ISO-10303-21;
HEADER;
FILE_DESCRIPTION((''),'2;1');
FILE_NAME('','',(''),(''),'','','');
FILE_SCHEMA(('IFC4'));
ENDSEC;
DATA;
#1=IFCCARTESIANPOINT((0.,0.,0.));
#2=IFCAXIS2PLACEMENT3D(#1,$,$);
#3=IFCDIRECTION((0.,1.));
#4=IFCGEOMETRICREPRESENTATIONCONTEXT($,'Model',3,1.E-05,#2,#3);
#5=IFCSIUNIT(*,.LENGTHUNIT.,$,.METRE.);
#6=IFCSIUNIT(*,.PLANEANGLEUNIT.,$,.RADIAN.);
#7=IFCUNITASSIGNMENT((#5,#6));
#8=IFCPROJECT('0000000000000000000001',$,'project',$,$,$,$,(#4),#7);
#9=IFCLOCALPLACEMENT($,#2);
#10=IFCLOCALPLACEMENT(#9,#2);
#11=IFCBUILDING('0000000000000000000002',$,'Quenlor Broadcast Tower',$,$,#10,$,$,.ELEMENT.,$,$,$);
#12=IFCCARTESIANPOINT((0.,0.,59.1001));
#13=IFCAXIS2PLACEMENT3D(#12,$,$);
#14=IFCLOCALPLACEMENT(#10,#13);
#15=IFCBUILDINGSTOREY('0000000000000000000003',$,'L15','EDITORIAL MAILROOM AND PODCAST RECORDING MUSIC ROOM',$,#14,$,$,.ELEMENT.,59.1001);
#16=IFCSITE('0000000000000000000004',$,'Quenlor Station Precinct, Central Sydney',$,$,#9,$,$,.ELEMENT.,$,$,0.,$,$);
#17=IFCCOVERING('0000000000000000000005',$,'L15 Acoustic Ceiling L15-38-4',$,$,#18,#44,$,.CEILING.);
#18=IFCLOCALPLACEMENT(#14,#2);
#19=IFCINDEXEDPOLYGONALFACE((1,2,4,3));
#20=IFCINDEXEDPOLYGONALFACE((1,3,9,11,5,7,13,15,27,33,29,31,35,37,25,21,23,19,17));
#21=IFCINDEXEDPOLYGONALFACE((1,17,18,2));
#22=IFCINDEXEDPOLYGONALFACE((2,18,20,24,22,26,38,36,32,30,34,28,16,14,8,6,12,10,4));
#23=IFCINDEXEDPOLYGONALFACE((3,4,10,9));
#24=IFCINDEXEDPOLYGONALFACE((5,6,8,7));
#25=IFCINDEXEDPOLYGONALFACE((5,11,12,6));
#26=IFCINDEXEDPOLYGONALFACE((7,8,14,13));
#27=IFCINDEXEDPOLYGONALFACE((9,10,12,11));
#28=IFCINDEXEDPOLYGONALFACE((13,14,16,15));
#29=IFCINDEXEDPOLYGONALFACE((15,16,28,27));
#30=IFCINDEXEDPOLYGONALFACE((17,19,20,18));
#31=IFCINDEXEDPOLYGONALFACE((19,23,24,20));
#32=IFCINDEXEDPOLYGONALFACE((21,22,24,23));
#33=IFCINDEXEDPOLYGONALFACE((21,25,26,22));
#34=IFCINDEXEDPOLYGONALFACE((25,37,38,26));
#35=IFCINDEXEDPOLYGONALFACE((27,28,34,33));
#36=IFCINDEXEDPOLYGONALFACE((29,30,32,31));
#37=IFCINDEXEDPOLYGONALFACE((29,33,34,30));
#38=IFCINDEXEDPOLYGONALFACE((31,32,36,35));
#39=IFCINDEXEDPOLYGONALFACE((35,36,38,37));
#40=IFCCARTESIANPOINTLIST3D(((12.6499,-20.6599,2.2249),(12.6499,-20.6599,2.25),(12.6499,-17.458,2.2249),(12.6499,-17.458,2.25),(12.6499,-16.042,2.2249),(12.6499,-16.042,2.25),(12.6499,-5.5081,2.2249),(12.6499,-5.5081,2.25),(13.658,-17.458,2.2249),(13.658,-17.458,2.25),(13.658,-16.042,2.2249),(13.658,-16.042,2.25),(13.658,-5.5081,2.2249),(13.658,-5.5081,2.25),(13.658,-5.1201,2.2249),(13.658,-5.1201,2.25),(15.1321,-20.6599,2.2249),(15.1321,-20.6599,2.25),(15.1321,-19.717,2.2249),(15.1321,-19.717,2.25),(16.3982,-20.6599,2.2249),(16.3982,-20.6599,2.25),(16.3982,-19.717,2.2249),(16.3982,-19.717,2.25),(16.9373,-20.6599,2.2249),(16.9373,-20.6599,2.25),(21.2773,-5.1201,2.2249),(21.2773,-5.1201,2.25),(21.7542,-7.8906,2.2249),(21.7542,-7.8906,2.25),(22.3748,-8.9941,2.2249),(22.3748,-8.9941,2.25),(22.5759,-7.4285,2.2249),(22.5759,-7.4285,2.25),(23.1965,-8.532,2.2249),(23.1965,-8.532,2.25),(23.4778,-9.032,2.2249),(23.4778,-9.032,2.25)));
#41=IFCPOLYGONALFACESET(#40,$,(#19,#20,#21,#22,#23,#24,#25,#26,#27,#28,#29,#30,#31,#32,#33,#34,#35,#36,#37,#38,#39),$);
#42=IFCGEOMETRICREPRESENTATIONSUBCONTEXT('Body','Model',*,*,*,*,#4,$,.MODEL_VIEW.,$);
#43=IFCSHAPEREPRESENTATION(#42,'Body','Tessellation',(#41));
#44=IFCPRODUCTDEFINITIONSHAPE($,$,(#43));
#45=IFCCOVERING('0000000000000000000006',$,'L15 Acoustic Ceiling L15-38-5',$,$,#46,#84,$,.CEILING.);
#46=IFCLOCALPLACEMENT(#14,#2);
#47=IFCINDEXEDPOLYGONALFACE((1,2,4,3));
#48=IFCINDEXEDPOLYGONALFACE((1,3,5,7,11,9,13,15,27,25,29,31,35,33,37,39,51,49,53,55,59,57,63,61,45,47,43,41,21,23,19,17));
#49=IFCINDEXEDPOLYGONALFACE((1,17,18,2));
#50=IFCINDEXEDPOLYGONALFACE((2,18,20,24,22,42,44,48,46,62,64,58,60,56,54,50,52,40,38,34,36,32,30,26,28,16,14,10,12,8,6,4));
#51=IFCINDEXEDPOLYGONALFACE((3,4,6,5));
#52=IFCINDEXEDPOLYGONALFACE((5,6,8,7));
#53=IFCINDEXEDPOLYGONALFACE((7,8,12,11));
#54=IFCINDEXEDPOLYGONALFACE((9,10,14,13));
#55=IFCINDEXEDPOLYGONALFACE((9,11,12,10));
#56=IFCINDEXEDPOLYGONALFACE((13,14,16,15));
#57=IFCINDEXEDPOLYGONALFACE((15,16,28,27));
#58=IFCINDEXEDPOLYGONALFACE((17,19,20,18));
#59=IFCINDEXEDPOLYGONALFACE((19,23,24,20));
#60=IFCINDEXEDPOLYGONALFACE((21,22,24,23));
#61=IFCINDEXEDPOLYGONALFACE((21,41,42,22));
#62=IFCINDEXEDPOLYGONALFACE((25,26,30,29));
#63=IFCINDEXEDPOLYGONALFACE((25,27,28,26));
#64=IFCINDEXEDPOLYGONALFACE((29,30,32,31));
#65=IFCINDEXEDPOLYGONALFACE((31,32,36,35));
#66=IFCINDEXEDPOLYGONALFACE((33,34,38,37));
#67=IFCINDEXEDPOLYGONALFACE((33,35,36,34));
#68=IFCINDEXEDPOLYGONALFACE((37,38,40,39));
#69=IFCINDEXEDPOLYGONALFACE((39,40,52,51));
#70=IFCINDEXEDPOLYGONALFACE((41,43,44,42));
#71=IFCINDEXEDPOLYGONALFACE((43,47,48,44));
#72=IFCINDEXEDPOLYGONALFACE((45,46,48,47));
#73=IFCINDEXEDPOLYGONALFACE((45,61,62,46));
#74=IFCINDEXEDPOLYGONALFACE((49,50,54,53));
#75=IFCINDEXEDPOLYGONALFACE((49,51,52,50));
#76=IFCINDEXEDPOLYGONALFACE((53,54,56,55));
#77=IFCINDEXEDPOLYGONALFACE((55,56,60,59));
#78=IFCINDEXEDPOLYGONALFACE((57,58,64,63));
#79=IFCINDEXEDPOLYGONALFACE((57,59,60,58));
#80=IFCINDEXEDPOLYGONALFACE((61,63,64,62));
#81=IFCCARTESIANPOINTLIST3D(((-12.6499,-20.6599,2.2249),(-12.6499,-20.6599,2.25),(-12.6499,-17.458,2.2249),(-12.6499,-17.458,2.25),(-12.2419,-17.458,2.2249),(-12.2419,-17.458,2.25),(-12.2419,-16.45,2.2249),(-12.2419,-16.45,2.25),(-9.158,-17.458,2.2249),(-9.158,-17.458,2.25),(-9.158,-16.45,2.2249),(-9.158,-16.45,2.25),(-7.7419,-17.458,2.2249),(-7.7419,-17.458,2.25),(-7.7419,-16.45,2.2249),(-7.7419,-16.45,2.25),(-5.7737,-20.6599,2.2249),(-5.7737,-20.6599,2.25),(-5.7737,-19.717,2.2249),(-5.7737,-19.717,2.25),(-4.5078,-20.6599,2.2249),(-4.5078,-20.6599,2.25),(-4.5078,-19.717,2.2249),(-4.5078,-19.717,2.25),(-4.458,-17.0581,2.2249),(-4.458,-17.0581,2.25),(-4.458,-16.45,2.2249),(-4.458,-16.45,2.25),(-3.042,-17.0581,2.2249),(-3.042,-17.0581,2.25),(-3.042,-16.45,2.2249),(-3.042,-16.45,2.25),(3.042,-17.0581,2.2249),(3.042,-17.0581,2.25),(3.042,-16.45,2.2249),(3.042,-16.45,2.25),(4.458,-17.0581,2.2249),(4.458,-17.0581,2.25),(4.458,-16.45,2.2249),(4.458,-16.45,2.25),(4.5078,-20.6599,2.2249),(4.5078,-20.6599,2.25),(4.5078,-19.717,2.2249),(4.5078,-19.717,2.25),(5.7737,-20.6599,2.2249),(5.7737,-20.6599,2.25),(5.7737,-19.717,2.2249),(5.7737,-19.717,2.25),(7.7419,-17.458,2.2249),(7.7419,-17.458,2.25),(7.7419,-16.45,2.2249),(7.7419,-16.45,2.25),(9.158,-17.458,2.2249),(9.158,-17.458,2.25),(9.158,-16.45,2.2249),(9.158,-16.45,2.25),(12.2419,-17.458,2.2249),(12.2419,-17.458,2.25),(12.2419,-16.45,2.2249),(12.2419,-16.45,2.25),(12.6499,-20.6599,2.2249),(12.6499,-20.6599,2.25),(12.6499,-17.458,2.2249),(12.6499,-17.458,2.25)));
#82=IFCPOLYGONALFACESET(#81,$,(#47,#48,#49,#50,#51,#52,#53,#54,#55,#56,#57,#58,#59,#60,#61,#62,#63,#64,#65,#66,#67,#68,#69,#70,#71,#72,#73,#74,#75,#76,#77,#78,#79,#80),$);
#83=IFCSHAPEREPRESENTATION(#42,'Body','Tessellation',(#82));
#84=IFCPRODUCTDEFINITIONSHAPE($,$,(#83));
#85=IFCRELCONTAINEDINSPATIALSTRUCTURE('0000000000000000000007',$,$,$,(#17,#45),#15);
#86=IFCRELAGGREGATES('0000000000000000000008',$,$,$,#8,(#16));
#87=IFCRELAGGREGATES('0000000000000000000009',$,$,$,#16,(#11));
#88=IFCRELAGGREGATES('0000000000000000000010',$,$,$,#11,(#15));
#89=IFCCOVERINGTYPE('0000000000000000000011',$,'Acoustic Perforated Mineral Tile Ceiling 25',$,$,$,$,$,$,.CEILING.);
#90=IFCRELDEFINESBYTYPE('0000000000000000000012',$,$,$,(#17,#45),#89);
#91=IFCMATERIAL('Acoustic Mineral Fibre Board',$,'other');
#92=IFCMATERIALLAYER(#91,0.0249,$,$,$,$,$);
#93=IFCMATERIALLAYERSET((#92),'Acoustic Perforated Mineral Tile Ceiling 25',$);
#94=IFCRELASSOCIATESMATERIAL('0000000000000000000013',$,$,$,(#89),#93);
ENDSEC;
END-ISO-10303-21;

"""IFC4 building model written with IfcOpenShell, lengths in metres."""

from ifc_helpers import new_model, si_unit, direction, frame, origin, place, context, subcontext, project, spatial, polyline, outline, extrude, material, layer, layer_set, type_object, element, save


model = new_model("IFC4")

# Units and contexts
model_context = context("Model", 3, precision=1e-05, world=origin(), true_north=direction((0.0, 1.0)))
body_context = subcontext(model_context, "Body", "Model", "MODEL_VIEW")
ifc_project = project(units=[si_unit("LENGTHUNIT", "METRE"), si_unit("PLANEANGLEUNIT", "RADIAN")], contexts=[model_context])

# Site, building, storey
site_placement = place(None, origin())
site = spatial("IfcSite", under=ifc_project, at=site_placement, Name="Quenlor Station Precinct, Central Sydney", CompositionType="ELEMENT", RefElevation=0.0)
building_placement = place(site_placement, origin())
building = spatial("IfcBuilding", under=site, at=building_placement, Name="Quenlor Broadcast Tower", CompositionType="ELEMENT")
storey_placement = place(building_placement, frame((0.0, 0.0, 59.1001)))
storey = spatial("IfcBuildingStorey", under=building, at=storey_placement, Name="L15", Description="EDITORIAL MAILROOM AND PODCAST RECORDING MUSIC ROOM", CompositionType="ELEMENT", Elevation=59.1001)

# Coverings
ifc_material_1 = material(Name="Acoustic Mineral Fibre Board", Category="other")
ifc_layer_1 = layer(ifc_material_1, 0.0249)
ifc_layer_set_1 = layer_set([ifc_layer_1], Name="Acoustic Perforated Mineral Tile Ceiling 25")
covering_type = type_object("IfcCoveringType", Name="Acoustic Perforated Mineral Tile Ceiling 25", PredefinedType="CEILING", material=ifc_layer_set_1)
covering_1_placement = place(storey_placement, frame((0.0, 0.0, 2.2249)))
element("IfcCovering", 1, at=covering_1_placement, inside=storey, type_object=covering_type, Name="L15 Acoustic Ceiling L15-38-4", PredefinedType="CEILING", context=body_context, shape_type="SweptSolid", body=[
    extrude(outline(polyline([(13.658, -17.458), (13.658, -16.042), (12.6499, -16.042), (12.6499, -5.5081), (13.658, -5.5081), (13.658, -5.1201), (21.2773, -5.1201), (22.5759, -7.4285), (21.7542, -7.8906), (22.3748, -8.9941), (23.1965, -8.532), (23.4778, -9.032), (16.9373, -20.6599), (16.3982, -20.6599), (16.3982, -19.717), (15.1321, -19.717), (15.1321, -20.6599), (12.6499, -20.6599), (12.6499, -17.458), (13.658, -17.458)])), origin(), (0.0, 0.0, 1.0), 0.0251),
])
covering_2_placement = place(storey_placement, frame((0.0, 0.0, 2.2249)))
element("IfcCovering", 2, at=covering_2_placement, inside=storey, type_object=covering_type, Name="L15 Acoustic Ceiling L15-38-5", PredefinedType="CEILING", context=body_context, shape_type="SweptSolid", body=[
    extrude(outline(polyline([(-12.2419, -17.458), (-12.2419, -16.45), (-9.158, -16.45), (-9.158, -17.458), (-7.7419, -17.458), (-7.7419, -16.45), (-4.458, -16.45), (-4.458, -17.0581), (-3.042, -17.0581), (-3.042, -16.45), (3.042, -16.45), (3.042, -17.0581), (4.458, -17.0581), (4.458, -16.45), (7.7419, -16.45), (7.7419, -17.458), (9.158, -17.458), (9.158, -16.45), (12.2419, -16.45), (12.2419, -17.458), (12.6499, -17.458), (12.6499, -20.6599), (5.7737, -20.6599), (5.7737, -19.717), (4.5078, -19.717), (4.5078, -20.6599), (-4.5078, -20.6599), (-4.5078, -19.717), (-5.7737, -19.717), (-5.7737, -20.6599), (-12.6499, -20.6599), (-12.6499, -17.458), (-12.2419, -17.458)])), origin(), (0.0, 0.0, 1.0), 0.0251),
])

save(model, "model.ifc")
